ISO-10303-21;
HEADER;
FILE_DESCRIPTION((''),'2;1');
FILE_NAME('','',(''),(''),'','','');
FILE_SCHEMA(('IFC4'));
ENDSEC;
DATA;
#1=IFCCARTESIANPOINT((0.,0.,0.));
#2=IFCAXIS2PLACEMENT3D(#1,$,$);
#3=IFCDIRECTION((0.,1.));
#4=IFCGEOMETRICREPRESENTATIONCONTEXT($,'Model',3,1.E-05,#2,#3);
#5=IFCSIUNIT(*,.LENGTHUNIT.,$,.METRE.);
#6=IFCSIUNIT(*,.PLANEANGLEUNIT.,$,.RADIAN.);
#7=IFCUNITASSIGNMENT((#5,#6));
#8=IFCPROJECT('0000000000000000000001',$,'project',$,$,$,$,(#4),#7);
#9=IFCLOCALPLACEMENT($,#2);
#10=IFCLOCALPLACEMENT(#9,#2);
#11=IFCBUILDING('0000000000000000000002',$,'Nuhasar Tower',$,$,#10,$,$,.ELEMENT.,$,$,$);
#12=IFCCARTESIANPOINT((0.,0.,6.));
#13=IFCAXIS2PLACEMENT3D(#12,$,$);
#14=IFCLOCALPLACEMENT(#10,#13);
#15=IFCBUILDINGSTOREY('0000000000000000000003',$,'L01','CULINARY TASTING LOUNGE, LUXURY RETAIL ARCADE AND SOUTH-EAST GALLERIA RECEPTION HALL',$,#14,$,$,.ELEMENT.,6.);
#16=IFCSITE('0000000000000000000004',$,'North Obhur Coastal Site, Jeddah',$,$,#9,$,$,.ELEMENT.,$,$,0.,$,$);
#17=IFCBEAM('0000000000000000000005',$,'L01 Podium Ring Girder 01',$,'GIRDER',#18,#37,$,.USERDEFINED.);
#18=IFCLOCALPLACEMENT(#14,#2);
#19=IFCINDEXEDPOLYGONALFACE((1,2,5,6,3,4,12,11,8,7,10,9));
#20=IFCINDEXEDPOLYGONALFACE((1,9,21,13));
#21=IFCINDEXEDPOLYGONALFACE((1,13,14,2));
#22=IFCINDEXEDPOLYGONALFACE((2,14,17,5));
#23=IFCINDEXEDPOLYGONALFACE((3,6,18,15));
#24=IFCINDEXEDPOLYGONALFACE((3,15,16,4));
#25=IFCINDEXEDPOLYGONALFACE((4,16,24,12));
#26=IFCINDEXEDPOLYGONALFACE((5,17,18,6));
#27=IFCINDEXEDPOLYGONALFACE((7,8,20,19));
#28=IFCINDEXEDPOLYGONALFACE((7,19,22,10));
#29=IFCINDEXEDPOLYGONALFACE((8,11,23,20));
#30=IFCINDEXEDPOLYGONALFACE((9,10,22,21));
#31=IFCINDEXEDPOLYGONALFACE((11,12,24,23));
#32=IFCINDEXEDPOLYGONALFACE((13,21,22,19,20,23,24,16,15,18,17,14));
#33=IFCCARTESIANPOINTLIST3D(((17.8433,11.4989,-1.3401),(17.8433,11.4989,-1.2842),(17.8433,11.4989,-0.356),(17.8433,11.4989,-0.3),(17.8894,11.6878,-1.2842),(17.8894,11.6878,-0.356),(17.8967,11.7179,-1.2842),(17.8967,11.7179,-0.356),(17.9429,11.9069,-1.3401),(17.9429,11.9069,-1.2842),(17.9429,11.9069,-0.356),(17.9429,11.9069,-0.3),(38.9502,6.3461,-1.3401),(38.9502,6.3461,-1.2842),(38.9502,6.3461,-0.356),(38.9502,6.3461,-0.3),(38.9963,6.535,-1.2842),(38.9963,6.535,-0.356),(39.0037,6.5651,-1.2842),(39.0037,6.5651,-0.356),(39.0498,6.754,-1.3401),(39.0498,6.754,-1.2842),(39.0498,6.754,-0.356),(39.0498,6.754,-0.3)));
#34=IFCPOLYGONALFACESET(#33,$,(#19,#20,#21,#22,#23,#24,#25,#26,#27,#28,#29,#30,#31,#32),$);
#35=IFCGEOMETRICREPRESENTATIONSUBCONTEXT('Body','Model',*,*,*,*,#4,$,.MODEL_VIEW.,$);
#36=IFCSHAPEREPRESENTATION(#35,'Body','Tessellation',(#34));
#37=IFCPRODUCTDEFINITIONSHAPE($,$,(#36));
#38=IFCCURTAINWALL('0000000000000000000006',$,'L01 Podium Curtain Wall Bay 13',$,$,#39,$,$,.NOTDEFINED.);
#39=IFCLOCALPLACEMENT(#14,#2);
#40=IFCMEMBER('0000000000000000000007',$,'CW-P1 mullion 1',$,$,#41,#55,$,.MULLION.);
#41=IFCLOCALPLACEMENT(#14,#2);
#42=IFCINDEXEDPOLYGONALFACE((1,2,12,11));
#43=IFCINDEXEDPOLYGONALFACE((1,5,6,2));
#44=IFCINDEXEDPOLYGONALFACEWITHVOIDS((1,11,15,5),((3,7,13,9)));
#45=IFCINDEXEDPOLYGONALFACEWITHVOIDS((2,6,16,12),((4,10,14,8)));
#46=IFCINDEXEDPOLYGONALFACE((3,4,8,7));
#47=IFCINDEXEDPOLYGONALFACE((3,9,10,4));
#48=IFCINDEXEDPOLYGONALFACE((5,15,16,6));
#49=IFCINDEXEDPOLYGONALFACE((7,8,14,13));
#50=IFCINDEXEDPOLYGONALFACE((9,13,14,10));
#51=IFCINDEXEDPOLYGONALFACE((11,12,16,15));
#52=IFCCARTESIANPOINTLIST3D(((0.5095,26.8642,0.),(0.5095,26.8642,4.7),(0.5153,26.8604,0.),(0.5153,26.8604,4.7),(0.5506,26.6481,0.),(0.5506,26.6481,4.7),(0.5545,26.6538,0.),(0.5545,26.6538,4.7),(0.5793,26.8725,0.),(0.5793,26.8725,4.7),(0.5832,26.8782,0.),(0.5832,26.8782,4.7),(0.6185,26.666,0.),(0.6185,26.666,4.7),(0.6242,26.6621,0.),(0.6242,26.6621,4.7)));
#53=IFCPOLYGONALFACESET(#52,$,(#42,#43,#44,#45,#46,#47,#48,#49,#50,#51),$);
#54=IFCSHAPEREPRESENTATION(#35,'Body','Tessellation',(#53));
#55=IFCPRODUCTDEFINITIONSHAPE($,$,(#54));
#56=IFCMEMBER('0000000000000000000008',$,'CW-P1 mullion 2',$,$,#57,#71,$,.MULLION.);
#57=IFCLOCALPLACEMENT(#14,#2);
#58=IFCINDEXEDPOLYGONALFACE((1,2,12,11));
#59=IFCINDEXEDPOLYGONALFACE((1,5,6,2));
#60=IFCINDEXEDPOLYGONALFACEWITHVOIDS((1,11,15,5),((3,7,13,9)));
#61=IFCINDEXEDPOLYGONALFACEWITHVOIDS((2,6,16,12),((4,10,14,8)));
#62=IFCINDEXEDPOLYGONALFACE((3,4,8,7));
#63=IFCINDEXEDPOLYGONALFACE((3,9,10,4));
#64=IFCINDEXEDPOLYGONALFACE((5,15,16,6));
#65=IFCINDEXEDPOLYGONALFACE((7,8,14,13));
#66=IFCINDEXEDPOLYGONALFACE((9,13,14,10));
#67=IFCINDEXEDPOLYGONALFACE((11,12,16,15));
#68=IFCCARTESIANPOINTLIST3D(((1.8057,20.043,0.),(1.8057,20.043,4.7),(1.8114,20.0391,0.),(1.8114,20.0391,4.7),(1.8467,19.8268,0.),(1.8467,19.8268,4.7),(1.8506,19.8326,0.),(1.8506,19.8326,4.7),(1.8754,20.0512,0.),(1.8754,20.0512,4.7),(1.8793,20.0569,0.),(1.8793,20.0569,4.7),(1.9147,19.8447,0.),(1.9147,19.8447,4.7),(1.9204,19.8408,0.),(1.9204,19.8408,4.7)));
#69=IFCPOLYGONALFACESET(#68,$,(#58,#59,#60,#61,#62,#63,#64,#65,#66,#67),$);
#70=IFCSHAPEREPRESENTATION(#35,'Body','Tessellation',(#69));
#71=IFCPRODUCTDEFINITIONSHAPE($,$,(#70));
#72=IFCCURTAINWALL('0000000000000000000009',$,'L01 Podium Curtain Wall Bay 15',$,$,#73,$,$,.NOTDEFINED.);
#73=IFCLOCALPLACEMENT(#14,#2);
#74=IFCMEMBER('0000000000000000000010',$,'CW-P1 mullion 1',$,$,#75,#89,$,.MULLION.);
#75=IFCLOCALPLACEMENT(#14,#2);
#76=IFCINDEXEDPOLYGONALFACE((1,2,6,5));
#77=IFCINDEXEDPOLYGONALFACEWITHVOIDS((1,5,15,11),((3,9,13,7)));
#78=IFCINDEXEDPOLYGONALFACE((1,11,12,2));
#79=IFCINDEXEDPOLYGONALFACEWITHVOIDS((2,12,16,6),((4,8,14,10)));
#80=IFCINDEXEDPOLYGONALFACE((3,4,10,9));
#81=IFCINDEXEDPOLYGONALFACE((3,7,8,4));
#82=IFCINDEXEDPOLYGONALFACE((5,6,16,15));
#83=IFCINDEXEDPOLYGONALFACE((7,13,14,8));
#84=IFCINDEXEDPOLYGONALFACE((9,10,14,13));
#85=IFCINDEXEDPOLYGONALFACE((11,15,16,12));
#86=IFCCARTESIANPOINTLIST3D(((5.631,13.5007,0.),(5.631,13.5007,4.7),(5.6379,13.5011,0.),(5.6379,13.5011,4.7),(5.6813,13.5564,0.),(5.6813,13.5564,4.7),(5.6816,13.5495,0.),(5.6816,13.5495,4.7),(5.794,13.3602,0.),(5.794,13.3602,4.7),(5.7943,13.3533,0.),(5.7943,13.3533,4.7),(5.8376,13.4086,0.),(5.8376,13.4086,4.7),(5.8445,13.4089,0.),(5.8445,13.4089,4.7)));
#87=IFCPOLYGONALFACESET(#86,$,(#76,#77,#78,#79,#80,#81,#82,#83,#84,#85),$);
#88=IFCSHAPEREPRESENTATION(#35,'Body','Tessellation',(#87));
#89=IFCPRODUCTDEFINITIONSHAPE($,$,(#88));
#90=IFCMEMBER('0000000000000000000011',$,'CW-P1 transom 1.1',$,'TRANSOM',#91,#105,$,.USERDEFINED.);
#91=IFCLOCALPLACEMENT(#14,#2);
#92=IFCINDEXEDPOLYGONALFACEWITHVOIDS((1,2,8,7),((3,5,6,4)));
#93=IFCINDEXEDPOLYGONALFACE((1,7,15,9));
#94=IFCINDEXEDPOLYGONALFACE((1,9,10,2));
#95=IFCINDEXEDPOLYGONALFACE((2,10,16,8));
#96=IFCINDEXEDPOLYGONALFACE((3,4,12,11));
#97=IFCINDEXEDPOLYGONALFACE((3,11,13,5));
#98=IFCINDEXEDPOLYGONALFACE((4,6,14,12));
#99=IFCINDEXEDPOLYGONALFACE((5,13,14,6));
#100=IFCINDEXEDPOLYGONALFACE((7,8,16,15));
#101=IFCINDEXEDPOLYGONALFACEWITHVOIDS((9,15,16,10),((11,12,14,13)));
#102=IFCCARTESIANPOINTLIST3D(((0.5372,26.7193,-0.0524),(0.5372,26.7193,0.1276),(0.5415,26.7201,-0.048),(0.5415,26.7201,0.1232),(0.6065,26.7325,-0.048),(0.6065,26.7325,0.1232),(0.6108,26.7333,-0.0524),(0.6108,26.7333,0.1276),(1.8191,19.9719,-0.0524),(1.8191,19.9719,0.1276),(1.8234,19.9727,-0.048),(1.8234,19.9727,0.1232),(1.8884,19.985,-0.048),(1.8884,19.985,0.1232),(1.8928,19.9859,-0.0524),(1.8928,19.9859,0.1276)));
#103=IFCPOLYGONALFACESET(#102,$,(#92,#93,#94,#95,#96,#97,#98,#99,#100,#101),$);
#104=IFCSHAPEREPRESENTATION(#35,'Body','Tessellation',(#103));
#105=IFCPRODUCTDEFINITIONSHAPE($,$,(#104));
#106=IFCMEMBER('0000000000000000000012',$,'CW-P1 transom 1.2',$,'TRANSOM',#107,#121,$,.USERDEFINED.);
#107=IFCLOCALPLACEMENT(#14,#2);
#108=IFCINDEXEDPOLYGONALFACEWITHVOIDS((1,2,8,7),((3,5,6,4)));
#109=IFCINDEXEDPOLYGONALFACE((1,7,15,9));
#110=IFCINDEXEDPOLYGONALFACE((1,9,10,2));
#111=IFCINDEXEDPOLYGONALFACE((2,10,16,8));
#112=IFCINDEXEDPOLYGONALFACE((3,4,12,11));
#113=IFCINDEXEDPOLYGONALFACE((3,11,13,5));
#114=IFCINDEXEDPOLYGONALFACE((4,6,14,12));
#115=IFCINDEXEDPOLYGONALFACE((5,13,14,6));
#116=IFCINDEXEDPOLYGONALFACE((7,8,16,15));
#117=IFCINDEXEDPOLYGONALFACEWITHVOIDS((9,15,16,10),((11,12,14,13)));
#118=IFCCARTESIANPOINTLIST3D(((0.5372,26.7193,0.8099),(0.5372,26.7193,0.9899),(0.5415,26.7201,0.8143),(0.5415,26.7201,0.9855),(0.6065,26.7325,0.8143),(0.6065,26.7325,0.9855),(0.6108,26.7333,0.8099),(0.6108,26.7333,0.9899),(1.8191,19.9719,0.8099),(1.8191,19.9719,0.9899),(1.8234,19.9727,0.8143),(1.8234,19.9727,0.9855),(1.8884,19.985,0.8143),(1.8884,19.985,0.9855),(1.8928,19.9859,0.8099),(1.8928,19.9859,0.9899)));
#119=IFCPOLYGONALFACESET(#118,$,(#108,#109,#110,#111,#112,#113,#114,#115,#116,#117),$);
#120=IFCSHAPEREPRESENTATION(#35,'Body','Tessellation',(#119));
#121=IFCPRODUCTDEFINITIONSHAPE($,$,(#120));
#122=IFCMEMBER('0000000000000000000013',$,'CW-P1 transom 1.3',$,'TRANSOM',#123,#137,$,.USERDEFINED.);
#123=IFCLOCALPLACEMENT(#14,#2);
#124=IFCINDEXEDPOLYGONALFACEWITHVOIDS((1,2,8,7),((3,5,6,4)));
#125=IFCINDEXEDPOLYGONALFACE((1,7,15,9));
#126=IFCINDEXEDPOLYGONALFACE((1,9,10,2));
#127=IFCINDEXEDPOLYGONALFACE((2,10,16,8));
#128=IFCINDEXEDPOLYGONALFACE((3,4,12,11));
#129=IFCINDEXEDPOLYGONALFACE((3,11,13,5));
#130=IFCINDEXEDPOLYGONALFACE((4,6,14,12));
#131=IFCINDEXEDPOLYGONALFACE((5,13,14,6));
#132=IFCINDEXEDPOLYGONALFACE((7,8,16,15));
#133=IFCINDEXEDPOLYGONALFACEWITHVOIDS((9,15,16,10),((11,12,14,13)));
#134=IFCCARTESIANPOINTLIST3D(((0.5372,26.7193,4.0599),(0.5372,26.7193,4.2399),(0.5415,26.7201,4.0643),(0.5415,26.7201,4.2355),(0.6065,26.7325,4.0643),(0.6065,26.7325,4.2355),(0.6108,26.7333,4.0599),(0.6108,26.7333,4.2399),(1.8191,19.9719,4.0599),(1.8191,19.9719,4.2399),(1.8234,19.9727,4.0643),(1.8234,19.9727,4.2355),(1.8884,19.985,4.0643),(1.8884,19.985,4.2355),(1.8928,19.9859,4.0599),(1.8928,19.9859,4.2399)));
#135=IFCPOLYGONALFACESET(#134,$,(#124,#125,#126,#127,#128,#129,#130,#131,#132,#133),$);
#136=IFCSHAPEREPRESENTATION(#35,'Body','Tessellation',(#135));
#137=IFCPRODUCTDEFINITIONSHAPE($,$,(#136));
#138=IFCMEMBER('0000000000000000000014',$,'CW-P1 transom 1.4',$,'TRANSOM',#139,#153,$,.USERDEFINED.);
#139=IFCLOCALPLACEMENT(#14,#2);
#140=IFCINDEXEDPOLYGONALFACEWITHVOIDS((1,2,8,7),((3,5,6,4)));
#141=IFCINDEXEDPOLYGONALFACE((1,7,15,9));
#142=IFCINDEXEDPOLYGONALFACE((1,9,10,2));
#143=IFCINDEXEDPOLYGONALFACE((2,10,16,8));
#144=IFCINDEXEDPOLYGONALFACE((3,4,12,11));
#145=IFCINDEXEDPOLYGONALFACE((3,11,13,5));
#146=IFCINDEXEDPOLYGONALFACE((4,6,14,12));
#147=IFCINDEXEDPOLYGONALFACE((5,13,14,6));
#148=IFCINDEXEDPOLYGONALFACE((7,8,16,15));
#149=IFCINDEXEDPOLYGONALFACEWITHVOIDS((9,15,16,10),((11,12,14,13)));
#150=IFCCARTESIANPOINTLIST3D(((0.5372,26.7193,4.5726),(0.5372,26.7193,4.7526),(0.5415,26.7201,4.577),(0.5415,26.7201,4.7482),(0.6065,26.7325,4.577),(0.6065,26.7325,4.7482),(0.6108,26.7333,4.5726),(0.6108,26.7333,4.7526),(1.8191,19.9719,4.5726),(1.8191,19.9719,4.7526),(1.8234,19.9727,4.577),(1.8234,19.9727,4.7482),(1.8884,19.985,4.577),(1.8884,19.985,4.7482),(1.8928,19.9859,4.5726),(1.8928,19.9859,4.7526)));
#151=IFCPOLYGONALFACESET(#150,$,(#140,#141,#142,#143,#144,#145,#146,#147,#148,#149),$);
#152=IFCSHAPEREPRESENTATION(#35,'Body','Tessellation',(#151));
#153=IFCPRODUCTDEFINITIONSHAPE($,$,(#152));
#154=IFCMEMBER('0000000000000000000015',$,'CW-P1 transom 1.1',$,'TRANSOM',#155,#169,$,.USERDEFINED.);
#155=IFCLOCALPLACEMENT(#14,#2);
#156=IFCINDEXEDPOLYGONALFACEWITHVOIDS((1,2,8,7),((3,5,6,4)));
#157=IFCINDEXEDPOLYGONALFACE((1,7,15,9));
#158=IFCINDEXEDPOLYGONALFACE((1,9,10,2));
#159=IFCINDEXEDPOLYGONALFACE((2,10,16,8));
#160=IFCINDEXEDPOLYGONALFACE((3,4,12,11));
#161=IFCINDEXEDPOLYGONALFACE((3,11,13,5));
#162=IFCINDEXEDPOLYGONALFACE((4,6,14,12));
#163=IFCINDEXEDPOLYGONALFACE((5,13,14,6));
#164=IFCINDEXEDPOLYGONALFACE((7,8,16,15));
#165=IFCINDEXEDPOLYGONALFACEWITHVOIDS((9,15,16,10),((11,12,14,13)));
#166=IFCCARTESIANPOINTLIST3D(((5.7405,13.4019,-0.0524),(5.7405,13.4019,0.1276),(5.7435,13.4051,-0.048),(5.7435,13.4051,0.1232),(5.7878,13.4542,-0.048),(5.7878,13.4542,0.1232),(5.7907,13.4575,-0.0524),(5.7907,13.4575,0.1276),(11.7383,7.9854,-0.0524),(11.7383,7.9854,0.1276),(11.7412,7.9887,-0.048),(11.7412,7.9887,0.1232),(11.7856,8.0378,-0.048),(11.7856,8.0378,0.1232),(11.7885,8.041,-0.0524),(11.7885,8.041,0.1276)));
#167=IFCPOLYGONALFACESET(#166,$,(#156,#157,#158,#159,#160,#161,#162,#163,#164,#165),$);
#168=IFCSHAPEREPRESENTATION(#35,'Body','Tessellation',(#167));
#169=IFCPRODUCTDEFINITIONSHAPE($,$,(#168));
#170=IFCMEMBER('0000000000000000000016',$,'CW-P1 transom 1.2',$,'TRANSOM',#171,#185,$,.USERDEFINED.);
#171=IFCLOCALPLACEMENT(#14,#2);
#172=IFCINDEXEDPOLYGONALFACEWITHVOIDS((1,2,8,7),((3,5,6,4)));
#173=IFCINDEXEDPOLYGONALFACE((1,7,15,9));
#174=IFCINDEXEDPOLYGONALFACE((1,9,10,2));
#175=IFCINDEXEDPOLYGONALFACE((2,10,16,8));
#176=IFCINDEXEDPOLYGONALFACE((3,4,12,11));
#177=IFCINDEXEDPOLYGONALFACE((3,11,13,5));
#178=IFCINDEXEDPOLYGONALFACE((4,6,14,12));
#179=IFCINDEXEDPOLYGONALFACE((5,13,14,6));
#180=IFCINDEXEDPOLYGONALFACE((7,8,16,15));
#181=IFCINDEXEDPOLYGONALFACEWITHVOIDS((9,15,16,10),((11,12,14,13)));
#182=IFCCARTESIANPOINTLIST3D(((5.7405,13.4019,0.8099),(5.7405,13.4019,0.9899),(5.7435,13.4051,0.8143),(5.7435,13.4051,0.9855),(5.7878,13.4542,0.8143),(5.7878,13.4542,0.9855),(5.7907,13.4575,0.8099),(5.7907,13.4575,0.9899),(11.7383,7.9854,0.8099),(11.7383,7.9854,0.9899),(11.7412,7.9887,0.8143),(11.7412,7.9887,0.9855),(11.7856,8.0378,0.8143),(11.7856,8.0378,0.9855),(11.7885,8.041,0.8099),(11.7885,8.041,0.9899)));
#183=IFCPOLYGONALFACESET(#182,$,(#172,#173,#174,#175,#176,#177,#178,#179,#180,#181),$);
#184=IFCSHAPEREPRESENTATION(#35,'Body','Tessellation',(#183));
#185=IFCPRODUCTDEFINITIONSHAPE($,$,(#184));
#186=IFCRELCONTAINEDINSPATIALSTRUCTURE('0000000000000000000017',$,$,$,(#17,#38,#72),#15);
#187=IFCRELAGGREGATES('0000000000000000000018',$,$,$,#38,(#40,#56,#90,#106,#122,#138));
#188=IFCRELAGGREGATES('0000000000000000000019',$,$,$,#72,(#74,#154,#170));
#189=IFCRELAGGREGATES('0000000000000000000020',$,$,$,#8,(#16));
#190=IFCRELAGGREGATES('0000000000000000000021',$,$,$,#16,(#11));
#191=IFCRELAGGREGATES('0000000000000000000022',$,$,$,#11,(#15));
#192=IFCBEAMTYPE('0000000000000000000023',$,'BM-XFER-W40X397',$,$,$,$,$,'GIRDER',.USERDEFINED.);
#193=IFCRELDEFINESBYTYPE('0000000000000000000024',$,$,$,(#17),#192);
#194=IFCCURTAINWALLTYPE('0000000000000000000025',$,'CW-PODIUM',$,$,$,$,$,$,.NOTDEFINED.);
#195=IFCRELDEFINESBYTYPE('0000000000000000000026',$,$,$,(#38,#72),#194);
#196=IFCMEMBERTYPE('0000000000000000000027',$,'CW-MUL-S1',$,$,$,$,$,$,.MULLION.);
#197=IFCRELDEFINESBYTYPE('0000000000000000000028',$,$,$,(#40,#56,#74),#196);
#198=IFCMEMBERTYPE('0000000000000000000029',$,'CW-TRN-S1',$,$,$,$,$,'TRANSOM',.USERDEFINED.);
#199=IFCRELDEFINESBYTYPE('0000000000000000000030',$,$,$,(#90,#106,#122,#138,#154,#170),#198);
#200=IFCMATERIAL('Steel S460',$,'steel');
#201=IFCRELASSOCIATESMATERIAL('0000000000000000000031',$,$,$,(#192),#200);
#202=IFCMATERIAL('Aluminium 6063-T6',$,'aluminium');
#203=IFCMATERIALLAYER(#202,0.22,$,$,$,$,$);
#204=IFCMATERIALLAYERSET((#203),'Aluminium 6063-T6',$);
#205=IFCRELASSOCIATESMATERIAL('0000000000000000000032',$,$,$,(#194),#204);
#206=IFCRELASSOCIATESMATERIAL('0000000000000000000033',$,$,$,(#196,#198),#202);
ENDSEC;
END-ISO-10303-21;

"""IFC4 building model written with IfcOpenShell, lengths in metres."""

from ifc_helpers import new_model, si_unit, direction, frame, origin, origin_2d, place, context, subcontext, project, spatial, hollow_rectangle, i_section, extrude, material, layer, layer_set, material_profile, profile_set, type_object, element, aggregate, save


model = new_model("IFC4")

# Units and contexts
model_context = context("Model", 3, precision=1e-05, world=origin(), true_north=direction((0.0, 1.0)))
body_context = subcontext(model_context, "Body", "Model", "MODEL_VIEW")
ifc_project = project(units=[si_unit("LENGTHUNIT", "METRE"), si_unit("PLANEANGLEUNIT", "RADIAN")], contexts=[model_context])

# Site, building, storey
site_placement = place(None, origin())
site = spatial("IfcSite", under=ifc_project, at=site_placement, Name="North Obhur Coastal Site, Jeddah", CompositionType="ELEMENT", RefElevation=0.0)
building_placement = place(site_placement, origin())
building = spatial("IfcBuilding", under=site, at=building_placement, Name="Nuhasar Tower", CompositionType="ELEMENT")
storey_placement = place(building_placement, frame((0.0, 0.0, 6.0)))
storey = spatial("IfcBuildingStorey", under=building, at=storey_placement, Name="L01", Description="CULINARY TASTING LOUNGE, LUXURY RETAIL ARCADE AND SOUTH-EAST GALLERIA RECEPTION HALL", CompositionType="ELEMENT", Elevation=6.0)

# Beam
ifc_material_1 = material(Name="Steel S460", Category="steel")
ifc_material_profile_1 = material_profile(ifc_material_1, i_section(OverallWidth=0.4199, OverallDepth=1.04, WebThickness=0.031, FlangeThickness=0.0559, at=origin_2d()), Name="W40X397")
ifc_profile_set_1 = profile_set([ifc_material_profile_1], Name="Steel S460")
beam_type_1 = type_object("IfcBeamType", Name="BM-XFER-W40X397", ElementType="GIRDER", PredefinedType="USERDEFINED", material=ifc_profile_set_1)
beam_1_placement = place(storey_placement, frame((17.8931, 11.7029, -0.8201), z_axis=(0.971469, -0.237165, 0.0), x_axis=(0.237165, 0.971469, 0.0)))
element("IfcBeam", 1, at=beam_1_placement, inside=storey, type_object=beam_type_1, Name="L01 Podium Ring Girder 01", ObjectType="GIRDER", PredefinedType="USERDEFINED", context=body_context, shape_type="SweptSolid", body=[
    extrude(i_section(OverallWidth=0.4199, OverallDepth=1.04, WebThickness=0.031, FlangeThickness=0.0559, at=origin_2d()), origin(), (0.0, 0.0, 1.0), 21.7268),
])

# Curtain wall, members
ifc_material_2 = material(Name="Aluminium 6063-T6", Category="aluminium")
ifc_layer_1 = layer(ifc_material_2, 0.22)
ifc_layer_set_1 = layer_set([ifc_layer_1], Name="Aluminium 6063-T6")
curtain_wall_type = type_object("IfcCurtainWallType", Name="CW-PODIUM", PredefinedType="NOTDEFINED", material=ifc_layer_set_1)
curtain_wall_1_placement = place(storey_placement, origin())
curtain_wall_1 = element("IfcCurtainWall", 2, at=curtain_wall_1_placement, inside=storey, type_object=curtain_wall_type, Name="L01 Podium Curtain Wall Bay 13", PredefinedType="NOTDEFINED")
ifc_material_profile_2 = material_profile(ifc_material_2, hollow_rectangle(XDim=0.075, YDim=0.22, WallThickness=0.0049, at=origin_2d()), Name="CWM-1")
ifc_profile_set_2 = profile_set([ifc_material_profile_2], Name="Aluminium 6063-T6")
member_type_1 = type_object("IfcMemberType", Name="CW-MUL-S1", PredefinedType="MULLION", material=ifc_profile_set_2)
member_1_placement = place(storey_placement, frame((0.5669, 26.7632, 0.0), z_axis=(0.0, 0.0, 1.0), x_axis=(0.982426, 0.186654, 0.0)))
member_1 = element("IfcMember", 3, at=member_1_placement, type_object=member_type_1, Name="CW-P1 mullion 1", PredefinedType="MULLION", context=body_context, shape_type="SweptSolid", body=[
    extrude(hollow_rectangle(XDim=0.075, YDim=0.22, WallThickness=0.0049, at=origin_2d()), origin(), (0.0, 0.0, 1.0), 4.7),
])
member_2_placement = place(storey_placement, frame((1.863, 19.9419, 0.0), z_axis=(0.0, 0.0, 1.0), x_axis=(0.982426, 0.186654, 0.0)))
member_2 = element("IfcMember", 4, at=member_2_placement, type_object=member_type_1, Name="CW-P1 mullion 2", PredefinedType="MULLION", context=body_context, shape_type="SweptSolid", body=[
    extrude(hollow_rectangle(XDim=0.075, YDim=0.22, WallThickness=0.0049, at=origin_2d()), origin(), (0.0, 0.0, 1.0), 4.7),
])

# Curtain wall, member
curtain_wall_2_placement = place(storey_placement, origin())
curtain_wall_2 = element("IfcCurtainWall", 5, at=curtain_wall_2_placement, inside=storey, type_object=curtain_wall_type, Name="L01 Podium Curtain Wall Bay 15", PredefinedType="NOTDEFINED")
member_3_placement = place(storey_placement, frame((5.7378, 13.4548, 0.0), z_axis=(0.0, 0.0, 1.0), x_axis=(0.670232, 0.742151, 0.0)))
member_3 = element("IfcMember", 6, at=member_3_placement, type_object=member_type_1, Name="CW-P1 mullion 1", PredefinedType="MULLION", context=body_context, shape_type="SweptSolid", body=[
    extrude(hollow_rectangle(XDim=0.075, YDim=0.22, WallThickness=0.0049, at=origin_2d()), origin(), (0.0, 0.0, 1.0), 4.7),
])

# Members
ifc_material_profile_3 = material_profile(ifc_material_2, hollow_rectangle(XDim=0.075, YDim=0.1799, WallThickness=0.0044, at=origin_2d()), Name="CWT-1")
ifc_profile_set_3 = profile_set([ifc_material_profile_3], Name="Aluminium 6063-T6")
member_type_2 = type_object("IfcMemberType", Name="CW-TRN-S1", ElementType="TRANSOM", PredefinedType="USERDEFINED", material=ifc_profile_set_3)
member_4_placement = place(storey_placement, frame((0.574, 26.7263, 0.0376), z_axis=(0.186653, -0.982426, 0.0), x_axis=(0.982426, 0.186653, 0.0)))
member_4 = element("IfcMember", 7, at=member_4_placement, type_object=member_type_2, Name="CW-P1 transom 1.1", ObjectType="TRANSOM", PredefinedType="USERDEFINED", context=body_context, shape_type="SweptSolid", body=[
    extrude(hollow_rectangle(XDim=0.075, YDim=0.1799, WallThickness=0.0044, at=origin_2d()), origin(), (0.0, 0.0, 1.0), 6.8682),
])
member_5_placement = place(storey_placement, frame((0.574, 26.7263, 0.8999), z_axis=(0.186653, -0.982426, 0.0), x_axis=(0.982426, 0.186653, 0.0)))
member_5 = element("IfcMember", 8, at=member_5_placement, type_object=member_type_2, Name="CW-P1 transom 1.2", ObjectType="TRANSOM", PredefinedType="USERDEFINED", context=body_context, shape_type="SweptSolid", body=[
    extrude(hollow_rectangle(XDim=0.075, YDim=0.1799, WallThickness=0.0044, at=origin_2d()), origin(), (0.0, 0.0, 1.0), 6.8682),
])
member_6_placement = place(storey_placement, frame((0.574, 26.7263, 4.1499), z_axis=(0.186653, -0.982426, 0.0), x_axis=(0.982426, 0.186653, 0.0)))
member_6 = element("IfcMember", 9, at=member_6_placement, type_object=member_type_2, Name="CW-P1 transom 1.3", ObjectType="TRANSOM", PredefinedType="USERDEFINED", context=body_context, shape_type="SweptSolid", body=[
    extrude(hollow_rectangle(XDim=0.075, YDim=0.1799, WallThickness=0.0044, at=origin_2d()), origin(), (0.0, 0.0, 1.0), 6.8682),
])
member_7_placement = place(storey_placement, frame((0.574, 26.7263, 4.6626), z_axis=(0.186653, -0.982426, 0.0), x_axis=(0.982426, 0.186653, 0.0)))
member_7 = element("IfcMember", 10, at=member_7_placement, type_object=member_type_2, Name="CW-P1 transom 1.4", ObjectType="TRANSOM", PredefinedType="USERDEFINED", context=body_context, shape_type="SweptSolid", body=[
    extrude(hollow_rectangle(XDim=0.075, YDim=0.1799, WallThickness=0.0044, at=origin_2d()), origin(), (0.0, 0.0, 1.0), 6.8682),
])
member_8_placement = place(storey_placement, frame((5.7656, 13.4297, 0.0376), z_axis=(0.742156, -0.670227, 0.0), x_axis=(0.670227, 0.742156, 0.0)))
member_8 = element("IfcMember", 11, at=member_8_placement, type_object=member_type_2, Name="CW-P1 transom 1.1", ObjectType="TRANSOM", PredefinedType="USERDEFINED", context=body_context, shape_type="SweptSolid", body=[
    extrude(hollow_rectangle(XDim=0.075, YDim=0.1799, WallThickness=0.0044, at=origin_2d()), origin(), (0.0, 0.0, 1.0), 8.0815),
])
member_9_placement = place(storey_placement, frame((5.7656, 13.4297, 0.8999), z_axis=(0.742156, -0.670227, 0.0), x_axis=(0.670227, 0.742156, 0.0)))
member_9 = element("IfcMember", 12, at=member_9_placement, type_object=member_type_2, Name="CW-P1 transom 1.2", ObjectType="TRANSOM", PredefinedType="USERDEFINED", context=body_context, shape_type="SweptSolid", body=[
    extrude(hollow_rectangle(XDim=0.075, YDim=0.1799, WallThickness=0.0044, at=origin_2d()), origin(), (0.0, 0.0, 1.0), 8.0815),
])

aggregate(curtain_wall_1, [member_1, member_2, member_4, member_5, member_6, member_7])
aggregate(curtain_wall_2, [member_3, member_8, member_9])

save(model, "model.ifc")
